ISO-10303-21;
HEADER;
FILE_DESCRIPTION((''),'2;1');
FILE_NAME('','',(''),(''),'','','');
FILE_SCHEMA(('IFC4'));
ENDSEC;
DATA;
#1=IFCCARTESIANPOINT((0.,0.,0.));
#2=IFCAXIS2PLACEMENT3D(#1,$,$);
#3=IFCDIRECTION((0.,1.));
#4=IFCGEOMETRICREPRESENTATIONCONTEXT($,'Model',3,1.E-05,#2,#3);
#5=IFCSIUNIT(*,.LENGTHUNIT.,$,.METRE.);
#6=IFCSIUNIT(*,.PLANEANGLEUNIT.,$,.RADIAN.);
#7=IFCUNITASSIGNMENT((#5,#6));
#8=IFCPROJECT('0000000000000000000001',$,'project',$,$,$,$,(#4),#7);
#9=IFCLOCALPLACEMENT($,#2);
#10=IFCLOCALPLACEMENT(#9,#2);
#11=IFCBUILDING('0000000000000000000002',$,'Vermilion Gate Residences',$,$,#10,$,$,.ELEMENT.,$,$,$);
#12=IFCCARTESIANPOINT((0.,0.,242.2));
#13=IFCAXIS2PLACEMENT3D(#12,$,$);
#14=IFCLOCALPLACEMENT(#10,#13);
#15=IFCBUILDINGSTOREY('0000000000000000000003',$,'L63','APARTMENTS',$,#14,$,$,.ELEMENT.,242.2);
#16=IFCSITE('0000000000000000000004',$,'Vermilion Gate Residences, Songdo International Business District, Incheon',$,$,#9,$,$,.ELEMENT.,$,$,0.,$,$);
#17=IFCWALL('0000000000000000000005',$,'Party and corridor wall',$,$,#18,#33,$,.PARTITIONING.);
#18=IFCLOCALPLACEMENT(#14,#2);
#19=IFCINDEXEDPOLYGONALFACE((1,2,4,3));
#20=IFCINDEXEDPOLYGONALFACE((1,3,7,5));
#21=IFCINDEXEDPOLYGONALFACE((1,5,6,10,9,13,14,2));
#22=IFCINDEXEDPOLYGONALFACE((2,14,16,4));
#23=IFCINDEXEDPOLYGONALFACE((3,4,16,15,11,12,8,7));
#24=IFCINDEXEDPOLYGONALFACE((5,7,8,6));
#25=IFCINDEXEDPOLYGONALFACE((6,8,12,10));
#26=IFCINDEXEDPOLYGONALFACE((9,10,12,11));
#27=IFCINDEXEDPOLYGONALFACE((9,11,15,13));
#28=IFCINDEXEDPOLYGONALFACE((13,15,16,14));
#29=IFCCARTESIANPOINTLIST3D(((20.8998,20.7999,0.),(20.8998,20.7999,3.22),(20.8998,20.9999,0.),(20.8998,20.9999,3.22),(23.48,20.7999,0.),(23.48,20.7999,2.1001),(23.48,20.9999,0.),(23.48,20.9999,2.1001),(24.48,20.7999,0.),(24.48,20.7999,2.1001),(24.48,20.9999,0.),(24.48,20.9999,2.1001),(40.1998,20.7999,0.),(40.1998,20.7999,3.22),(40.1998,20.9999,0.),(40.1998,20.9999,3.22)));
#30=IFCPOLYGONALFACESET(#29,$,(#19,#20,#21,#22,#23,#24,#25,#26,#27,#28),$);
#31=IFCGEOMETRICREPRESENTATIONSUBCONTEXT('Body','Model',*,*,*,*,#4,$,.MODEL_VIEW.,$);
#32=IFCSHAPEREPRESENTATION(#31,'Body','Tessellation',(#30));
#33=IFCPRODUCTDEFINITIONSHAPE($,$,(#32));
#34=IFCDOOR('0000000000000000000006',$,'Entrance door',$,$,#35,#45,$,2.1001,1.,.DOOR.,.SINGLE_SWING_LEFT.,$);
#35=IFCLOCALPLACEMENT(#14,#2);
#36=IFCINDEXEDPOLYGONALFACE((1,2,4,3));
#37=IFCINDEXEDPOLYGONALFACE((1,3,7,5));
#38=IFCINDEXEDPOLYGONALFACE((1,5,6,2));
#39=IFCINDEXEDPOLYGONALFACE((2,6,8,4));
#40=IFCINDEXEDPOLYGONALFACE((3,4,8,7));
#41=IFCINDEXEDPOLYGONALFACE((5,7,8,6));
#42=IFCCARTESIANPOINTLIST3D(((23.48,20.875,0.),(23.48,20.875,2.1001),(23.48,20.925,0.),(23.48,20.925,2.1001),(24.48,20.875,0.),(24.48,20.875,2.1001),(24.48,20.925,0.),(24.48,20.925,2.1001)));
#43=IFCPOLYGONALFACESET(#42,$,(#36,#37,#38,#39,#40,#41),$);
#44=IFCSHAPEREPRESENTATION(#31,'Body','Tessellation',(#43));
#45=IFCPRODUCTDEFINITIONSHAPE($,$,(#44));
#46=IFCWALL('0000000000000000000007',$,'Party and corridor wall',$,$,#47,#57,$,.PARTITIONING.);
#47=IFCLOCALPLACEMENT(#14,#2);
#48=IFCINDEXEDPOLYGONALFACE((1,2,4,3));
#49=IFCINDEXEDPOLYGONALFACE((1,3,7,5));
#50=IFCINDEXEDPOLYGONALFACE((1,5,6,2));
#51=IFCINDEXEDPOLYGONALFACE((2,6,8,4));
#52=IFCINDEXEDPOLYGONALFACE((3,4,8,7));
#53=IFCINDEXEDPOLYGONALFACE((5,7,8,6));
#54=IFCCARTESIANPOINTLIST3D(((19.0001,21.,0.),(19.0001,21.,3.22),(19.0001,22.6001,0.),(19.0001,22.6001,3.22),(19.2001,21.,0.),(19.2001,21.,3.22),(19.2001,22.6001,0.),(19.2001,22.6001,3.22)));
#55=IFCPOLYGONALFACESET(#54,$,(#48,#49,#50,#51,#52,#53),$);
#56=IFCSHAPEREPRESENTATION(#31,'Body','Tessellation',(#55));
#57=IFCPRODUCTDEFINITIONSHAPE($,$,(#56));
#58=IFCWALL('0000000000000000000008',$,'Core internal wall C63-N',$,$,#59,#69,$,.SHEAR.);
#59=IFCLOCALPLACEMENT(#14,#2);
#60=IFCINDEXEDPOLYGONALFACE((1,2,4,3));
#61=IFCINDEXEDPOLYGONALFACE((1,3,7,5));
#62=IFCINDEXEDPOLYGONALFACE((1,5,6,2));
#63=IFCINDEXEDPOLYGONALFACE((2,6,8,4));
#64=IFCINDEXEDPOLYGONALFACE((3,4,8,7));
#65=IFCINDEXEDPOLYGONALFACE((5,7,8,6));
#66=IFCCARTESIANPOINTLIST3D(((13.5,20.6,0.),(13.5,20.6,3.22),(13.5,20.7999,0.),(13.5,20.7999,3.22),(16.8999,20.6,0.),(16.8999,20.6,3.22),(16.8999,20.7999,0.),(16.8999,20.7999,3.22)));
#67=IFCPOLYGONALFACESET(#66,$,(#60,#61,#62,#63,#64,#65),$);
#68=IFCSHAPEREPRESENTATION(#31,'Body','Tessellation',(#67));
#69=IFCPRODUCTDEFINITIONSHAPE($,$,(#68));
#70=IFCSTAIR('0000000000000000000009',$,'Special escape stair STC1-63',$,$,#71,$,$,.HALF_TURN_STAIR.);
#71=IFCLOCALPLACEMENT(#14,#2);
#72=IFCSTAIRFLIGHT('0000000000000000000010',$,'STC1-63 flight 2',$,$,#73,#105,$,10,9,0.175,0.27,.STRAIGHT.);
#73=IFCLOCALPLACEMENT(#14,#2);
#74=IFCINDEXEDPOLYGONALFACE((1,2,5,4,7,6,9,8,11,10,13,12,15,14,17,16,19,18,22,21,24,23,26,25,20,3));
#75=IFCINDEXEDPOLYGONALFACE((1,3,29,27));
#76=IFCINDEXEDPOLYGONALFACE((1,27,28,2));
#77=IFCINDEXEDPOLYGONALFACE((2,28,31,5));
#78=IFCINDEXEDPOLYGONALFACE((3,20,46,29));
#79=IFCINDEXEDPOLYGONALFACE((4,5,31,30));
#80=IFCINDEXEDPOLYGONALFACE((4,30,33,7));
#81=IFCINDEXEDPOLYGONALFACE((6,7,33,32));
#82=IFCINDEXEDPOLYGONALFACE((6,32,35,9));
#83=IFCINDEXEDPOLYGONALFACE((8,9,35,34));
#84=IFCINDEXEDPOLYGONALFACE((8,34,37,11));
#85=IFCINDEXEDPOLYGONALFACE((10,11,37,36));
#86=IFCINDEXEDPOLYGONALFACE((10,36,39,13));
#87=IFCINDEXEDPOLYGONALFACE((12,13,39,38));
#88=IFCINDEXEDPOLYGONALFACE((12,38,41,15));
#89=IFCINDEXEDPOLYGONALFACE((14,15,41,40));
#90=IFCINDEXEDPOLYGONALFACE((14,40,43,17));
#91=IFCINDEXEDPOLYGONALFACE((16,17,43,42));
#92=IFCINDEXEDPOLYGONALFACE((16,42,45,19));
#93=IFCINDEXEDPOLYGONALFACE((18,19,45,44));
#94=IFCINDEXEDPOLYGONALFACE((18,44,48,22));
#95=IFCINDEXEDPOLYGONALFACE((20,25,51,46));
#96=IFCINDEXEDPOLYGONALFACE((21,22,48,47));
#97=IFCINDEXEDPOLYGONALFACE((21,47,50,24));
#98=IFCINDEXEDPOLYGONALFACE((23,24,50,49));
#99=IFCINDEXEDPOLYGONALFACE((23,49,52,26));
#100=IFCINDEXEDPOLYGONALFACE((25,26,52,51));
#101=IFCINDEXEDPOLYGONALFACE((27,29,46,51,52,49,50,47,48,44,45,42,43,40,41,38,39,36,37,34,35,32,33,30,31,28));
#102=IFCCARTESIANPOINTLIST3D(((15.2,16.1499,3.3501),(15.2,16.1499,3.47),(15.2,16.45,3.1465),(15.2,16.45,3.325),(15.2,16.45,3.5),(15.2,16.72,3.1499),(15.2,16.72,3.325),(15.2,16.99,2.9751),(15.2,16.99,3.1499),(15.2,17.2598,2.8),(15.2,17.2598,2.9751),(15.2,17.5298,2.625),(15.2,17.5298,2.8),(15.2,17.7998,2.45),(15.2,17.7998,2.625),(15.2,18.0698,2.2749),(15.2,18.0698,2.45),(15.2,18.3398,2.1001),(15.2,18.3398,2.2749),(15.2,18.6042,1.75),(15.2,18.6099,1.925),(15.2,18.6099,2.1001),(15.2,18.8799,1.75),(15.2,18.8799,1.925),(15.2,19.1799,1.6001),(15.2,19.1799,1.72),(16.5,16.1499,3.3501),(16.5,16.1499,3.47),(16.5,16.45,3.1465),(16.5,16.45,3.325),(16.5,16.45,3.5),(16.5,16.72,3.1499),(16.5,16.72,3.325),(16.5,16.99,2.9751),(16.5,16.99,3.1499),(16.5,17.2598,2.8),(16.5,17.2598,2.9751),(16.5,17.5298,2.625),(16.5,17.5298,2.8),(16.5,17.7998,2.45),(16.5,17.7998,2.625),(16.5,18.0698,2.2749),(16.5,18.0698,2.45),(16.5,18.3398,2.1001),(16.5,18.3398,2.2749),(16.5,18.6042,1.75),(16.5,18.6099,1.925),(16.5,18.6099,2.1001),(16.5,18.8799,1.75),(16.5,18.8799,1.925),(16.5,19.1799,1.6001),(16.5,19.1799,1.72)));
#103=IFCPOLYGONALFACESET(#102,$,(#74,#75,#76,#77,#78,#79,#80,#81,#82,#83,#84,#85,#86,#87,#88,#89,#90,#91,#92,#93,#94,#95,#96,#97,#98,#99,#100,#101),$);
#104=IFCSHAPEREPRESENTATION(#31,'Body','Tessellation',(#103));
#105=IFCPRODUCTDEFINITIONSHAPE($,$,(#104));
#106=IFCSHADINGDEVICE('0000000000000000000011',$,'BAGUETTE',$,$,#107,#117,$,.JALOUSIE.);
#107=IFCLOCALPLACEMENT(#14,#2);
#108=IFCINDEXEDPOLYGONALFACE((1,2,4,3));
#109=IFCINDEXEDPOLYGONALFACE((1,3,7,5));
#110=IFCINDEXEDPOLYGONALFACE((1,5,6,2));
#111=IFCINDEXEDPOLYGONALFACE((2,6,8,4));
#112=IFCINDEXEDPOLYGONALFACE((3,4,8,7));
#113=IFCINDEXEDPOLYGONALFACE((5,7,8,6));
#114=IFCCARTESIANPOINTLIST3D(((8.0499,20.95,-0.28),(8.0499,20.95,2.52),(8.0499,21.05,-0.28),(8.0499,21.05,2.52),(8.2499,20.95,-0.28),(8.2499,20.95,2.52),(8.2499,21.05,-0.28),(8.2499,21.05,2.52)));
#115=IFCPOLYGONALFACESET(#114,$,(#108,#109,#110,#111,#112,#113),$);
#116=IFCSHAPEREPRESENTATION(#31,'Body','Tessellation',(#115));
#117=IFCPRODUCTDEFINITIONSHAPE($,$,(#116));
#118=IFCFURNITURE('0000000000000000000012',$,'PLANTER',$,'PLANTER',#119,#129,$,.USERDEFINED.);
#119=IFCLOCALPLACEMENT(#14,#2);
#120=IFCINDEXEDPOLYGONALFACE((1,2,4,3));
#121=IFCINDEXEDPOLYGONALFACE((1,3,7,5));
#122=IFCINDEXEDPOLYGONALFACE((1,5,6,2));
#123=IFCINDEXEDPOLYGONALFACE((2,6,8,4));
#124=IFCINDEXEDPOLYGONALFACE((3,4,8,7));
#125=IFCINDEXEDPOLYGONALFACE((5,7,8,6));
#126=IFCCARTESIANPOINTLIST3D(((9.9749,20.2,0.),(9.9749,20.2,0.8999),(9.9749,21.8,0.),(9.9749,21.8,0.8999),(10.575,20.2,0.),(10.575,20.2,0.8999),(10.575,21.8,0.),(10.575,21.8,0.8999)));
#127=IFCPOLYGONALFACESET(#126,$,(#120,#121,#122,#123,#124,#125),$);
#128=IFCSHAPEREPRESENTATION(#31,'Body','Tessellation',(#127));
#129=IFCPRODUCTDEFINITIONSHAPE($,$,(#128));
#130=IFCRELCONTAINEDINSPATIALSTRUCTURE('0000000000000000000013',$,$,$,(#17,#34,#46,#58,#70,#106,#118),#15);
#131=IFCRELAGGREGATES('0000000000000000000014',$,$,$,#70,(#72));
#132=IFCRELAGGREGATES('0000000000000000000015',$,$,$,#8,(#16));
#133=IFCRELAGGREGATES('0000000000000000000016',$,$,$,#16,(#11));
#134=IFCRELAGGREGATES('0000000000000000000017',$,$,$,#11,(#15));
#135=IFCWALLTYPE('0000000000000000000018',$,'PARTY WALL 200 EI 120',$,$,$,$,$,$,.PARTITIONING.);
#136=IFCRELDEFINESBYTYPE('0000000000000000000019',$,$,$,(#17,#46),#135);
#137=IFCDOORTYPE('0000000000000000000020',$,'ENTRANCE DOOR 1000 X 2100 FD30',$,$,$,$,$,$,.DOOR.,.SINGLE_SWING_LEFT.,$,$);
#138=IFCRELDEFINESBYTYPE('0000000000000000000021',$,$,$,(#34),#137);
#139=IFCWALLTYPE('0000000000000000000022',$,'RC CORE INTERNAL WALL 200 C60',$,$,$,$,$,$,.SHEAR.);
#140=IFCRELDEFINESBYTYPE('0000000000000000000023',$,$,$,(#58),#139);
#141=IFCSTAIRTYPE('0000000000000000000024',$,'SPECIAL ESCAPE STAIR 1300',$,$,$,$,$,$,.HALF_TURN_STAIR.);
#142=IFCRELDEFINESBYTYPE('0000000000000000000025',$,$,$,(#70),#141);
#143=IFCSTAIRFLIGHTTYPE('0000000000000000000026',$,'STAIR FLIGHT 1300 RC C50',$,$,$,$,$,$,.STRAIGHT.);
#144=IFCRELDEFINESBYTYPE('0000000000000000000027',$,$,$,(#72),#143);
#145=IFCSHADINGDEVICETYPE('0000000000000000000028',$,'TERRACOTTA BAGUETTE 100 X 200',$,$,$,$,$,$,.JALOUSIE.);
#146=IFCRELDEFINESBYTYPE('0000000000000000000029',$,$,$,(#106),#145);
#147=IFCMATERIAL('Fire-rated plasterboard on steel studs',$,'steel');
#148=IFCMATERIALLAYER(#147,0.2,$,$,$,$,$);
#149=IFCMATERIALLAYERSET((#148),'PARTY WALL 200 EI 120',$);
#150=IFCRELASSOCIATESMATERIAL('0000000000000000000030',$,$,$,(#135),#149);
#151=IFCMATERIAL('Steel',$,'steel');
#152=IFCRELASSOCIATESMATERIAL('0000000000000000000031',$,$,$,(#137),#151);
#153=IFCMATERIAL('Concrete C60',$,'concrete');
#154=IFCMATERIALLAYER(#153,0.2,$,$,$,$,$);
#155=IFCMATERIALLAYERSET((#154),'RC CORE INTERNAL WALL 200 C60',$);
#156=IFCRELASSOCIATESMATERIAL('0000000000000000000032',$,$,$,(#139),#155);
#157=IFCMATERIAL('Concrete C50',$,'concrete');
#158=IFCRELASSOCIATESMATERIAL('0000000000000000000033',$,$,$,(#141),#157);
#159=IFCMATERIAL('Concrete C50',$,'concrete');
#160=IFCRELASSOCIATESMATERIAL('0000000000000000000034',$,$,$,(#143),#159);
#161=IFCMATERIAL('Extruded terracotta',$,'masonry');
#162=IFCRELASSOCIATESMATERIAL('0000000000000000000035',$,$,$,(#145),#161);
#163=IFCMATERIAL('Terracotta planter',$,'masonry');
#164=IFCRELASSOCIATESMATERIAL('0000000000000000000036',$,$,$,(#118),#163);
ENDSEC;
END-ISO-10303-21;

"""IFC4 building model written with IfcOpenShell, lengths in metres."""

from ifc_helpers import new_model, si_unit, direction, frame, frame_2d, origin, origin_2d, place, context, subcontext, project, spatial, polyline, rectangle, outline, extrude, material, layer, layer_set, material_profile, profile_set, type_object, element, fill, aggregate, save


model = new_model("IFC4")

# Units and contexts
model_context = context("Model", 3, precision=1e-05, world=origin(), true_north=direction((0.0, 1.0)))
body_context = subcontext(model_context, "Body", "Model", "MODEL_VIEW")
ifc_project = project(units=[si_unit("LENGTHUNIT", "METRE"), si_unit("PLANEANGLEUNIT", "RADIAN")], contexts=[model_context])

# Site, building, storey
site_placement = place(None, origin())
site = spatial("IfcSite", under=ifc_project, at=site_placement, Name="Vermilion Gate Residences, Songdo International Business District, Incheon", CompositionType="ELEMENT", RefElevation=0.0)
building_placement = place(site_placement, origin())
building = spatial("IfcBuilding", under=site, at=building_placement, Name="Vermilion Gate Residences", CompositionType="ELEMENT")
storey_placement = place(building_placement, frame((0.0, 0.0, 242.2)))
storey = spatial("IfcBuildingStorey", under=building, at=storey_placement, Name="L63", Description="APARTMENTS", CompositionType="ELEMENT", Elevation=242.2)

# Shared definitions
ifc_material_1 = material(Name="Fire-rated plasterboard on steel studs", Category="steel")
ifc_layer_1 = layer(ifc_material_1, 0.2)
ifc_layer_set_1 = layer_set([ifc_layer_1], Name="PARTY WALL 200 EI 120")
wall_type_1 = type_object("IfcWallType", Name="PARTY WALL 200 EI 120", PredefinedType="PARTITIONING", material=ifc_layer_set_1)

# Wall, opening, door
wall_1_placement = place(storey_placement, frame((20.8999, 20.8999, 0.0), z_axis=(0.0, 0.0, 1.0), x_axis=(1.0, 0.0, 0.0)))
wall_1 = element("IfcWall", 1, at=wall_1_placement, inside=storey, type_object=wall_type_1, Name="Party and corridor wall", PredefinedType="PARTITIONING", context=body_context, shape_type="SweptSolid", body=[
    extrude(rectangle(XDim=19.3, YDim=0.2, at=frame_2d((9.6499, 0.0))), origin(), (0.0, 0.0, 1.0), 3.22),
])
opening_1_placement = place(wall_1_placement, frame((2.5801, 0.0, 0.0)))
opening_1 = element("IfcOpeningElement", 2, at=opening_1_placement, cuts=wall_1, PredefinedType="OPENING", context=body_context, shape_type="SweptSolid", body=[
    extrude(rectangle(XDim=1.0, YDim=2.1001, at=frame_2d((0.5, 1.05))), frame((0.0, 0.1099, 0.0), z_axis=(0.0, -1.0, 0.0), x_axis=(1.0, 0.0, 0.0)), (0.0, 0.0, 1.0), 0.22),
])
ifc_material_2 = material(Name="Steel", Category="steel")
door_type_1 = type_object("IfcDoorType", Name="ENTRANCE DOOR 1000 X 2100 FD30", OperationType="SINGLE_SWING_LEFT", PredefinedType="DOOR", material=ifc_material_2)
door_1_placement = place(opening_1_placement, frame((1.0, 0.0, 0.0), z_axis=(0.0, 0.0, 1.0), x_axis=(-1.0, 0.0, 0.0)))
door_1 = element("IfcDoor", 3, at=door_1_placement, inside=storey, type_object=door_type_1, Name="Entrance door", OperationType="SINGLE_SWING_LEFT", OverallHeight=2.1001, OverallWidth=1.0, PredefinedType="DOOR", context=body_context, shape_type="SweptSolid", body=[
    extrude(rectangle(XDim=1.0, YDim=2.1001, at=frame_2d((0.5, 1.05))), frame((0.0, 0.0249, 0.0), z_axis=(0.0, -1.0, 0.0), x_axis=(1.0, 0.0, 0.0)), (0.0, 0.0, 1.0), 0.05),
])
fill(opening_1, door_1)

# Walls
wall_2_placement = place(storey_placement, frame((19.1001, 21.0, 0.0), z_axis=(0.0, 0.0, 1.0), x_axis=(0.0, 1.0, 0.0)))
element("IfcWall", 4, at=wall_2_placement, inside=storey, type_object=wall_type_1, Name="Party and corridor wall", PredefinedType="PARTITIONING", context=body_context, shape_type="SweptSolid", body=[
    extrude(rectangle(XDim=1.6001, YDim=0.2, at=frame_2d((0.8, 0.0))), origin(), (0.0, 0.0, 1.0), 3.22),
])
ifc_material_3 = material(Name="Concrete C60", Category="concrete")
ifc_layer_2 = layer(ifc_material_3, 0.2)
ifc_layer_set_2 = layer_set([ifc_layer_2], Name="RC CORE INTERNAL WALL 200 C60")
wall_type_2 = type_object("IfcWallType", Name="RC CORE INTERNAL WALL 200 C60", PredefinedType="SHEAR", material=ifc_layer_set_2)
wall_3_placement = place(storey_placement, frame((13.5, 20.7, 0.0), z_axis=(0.0, 0.0, 1.0), x_axis=(1.0, 0.0, 0.0)))
element("IfcWall", 5, at=wall_3_placement, inside=storey, type_object=wall_type_2, Name="Core internal wall C63-N", PredefinedType="SHEAR", context=body_context, shape_type="SweptSolid", body=[
    extrude(rectangle(XDim=3.3999, YDim=0.2, at=frame_2d((1.7, 0.0))), origin(), (0.0, 0.0, 1.0), 3.22),
])

# Stair, stair flight
ifc_material_4 = material(Name="Concrete C50", Category="concrete")
stair_type = type_object("IfcStairType", Name="SPECIAL ESCAPE STAIR 1300", PredefinedType="HALF_TURN_STAIR", material=ifc_material_4)
stair_placement = place(storey_placement, origin())
stair = element("IfcStair", 6, at=stair_placement, inside=storey, type_object=stair_type, Name="Special escape stair STC1-63", PredefinedType="HALF_TURN_STAIR")
ifc_material_5 = material(Name="Concrete C50", Category="concrete")
stair_flight_type = type_object("IfcStairFlightType", Name="STAIR FLIGHT 1300 RC C50", PredefinedType="STRAIGHT", material=ifc_material_5)
stair_flight_placement = place(storey_placement, frame((15.8501, 18.8799, 1.75), z_axis=(0.0, 0.0, 1.0), x_axis=(0.0, -1.0, 0.0)))
stair_flight = element("IfcStairFlight", 7, at=stair_flight_placement, type_object=stair_flight_type, Name="STC1-63 flight 2", NumberOfRisers=10, NumberOfTreads=9, PredefinedType="STRAIGHT", RiserHeight=0.175, TreadLength=0.27, context=body_context, shape_type="SweptSolid", body=[
    extrude(outline(polyline([(-0.3, -0.1499), (-0.3, -0.03), (0.0, 0.0), (0.0, 0.175), (0.27, 0.175), (0.27, 0.3501), (0.54, 0.3501), (0.54, 0.5249), (0.8101, 0.5249), (0.8101, 0.7), (1.0801, 0.7), (1.0801, 0.875), (1.3501, 0.875), (1.3501, 1.05), (1.6201, 1.05), (1.6201, 1.2251), (1.8899, 1.2251), (1.8899, 1.3999), (2.1599, 1.3999), (2.1599, 1.575), (2.4299, 1.575), (2.4299, 1.75), (2.73, 1.72), (2.73, 1.6001), (2.4299, 1.3965), (0.2756, 0.0), (-0.3, -0.1499)])), frame((0.0, 0.6499, 0.0), z_axis=(0.0, -1.0, 0.0), x_axis=(1.0, 0.0, 0.0)), (0.0, 0.0, 1.0), 1.3),
])
aggregate(stair, [stair_flight])

# Shading device
ifc_material_6 = material(Name="Extruded terracotta", Category="masonry")
ifc_material_profile_1 = material_profile(ifc_material_6, rectangle(XDim=0.2, YDim=0.1001, at=origin_2d()), Name="BAGUETTE 100 X 200")
ifc_profile_set_1 = profile_set([ifc_material_profile_1], Name="Extruded terracotta")
shading_device_type = type_object("IfcShadingDeviceType", Name="TERRACOTTA BAGUETTE 100 X 200", PredefinedType="JALOUSIE", material=ifc_profile_set_1)
shading_device_placement = place(storey_placement, frame((8.1499, 21.0, -0.28), z_axis=(0.0, 0.0, 1.0), x_axis=(1.0, 0.0, 0.0)))
element("IfcShadingDevice", 8, at=shading_device_placement, inside=storey, type_object=shading_device_type, Name="BAGUETTE", PredefinedType="JALOUSIE", context=body_context, shape_type="SweptSolid", body=[
    extrude(rectangle(XDim=0.2, YDim=0.1001, at=origin_2d()), origin(), (0.0, 0.0, 1.0), 2.8),
])

# Furniture
ifc_material_7 = material(Name="Terracotta planter", Category="masonry")
furniture_placement = place(storey_placement, frame((10.2749, 21.0, 0.0), z_axis=(0.0, 0.0, 1.0), x_axis=(0.0, -1.0, 0.0)))
element("IfcFurniture", 9, at=furniture_placement, inside=storey, material=ifc_material_7, Name="PLANTER", ObjectType="PLANTER", PredefinedType="USERDEFINED", context=body_context, shape_type="SweptSolid", body=[
    extrude(rectangle(XDim=1.6001, YDim=0.6001, at=origin_2d()), origin(), (0.0, 0.0, 1.0), 0.8999),
])

save(model, "model.ifc")
